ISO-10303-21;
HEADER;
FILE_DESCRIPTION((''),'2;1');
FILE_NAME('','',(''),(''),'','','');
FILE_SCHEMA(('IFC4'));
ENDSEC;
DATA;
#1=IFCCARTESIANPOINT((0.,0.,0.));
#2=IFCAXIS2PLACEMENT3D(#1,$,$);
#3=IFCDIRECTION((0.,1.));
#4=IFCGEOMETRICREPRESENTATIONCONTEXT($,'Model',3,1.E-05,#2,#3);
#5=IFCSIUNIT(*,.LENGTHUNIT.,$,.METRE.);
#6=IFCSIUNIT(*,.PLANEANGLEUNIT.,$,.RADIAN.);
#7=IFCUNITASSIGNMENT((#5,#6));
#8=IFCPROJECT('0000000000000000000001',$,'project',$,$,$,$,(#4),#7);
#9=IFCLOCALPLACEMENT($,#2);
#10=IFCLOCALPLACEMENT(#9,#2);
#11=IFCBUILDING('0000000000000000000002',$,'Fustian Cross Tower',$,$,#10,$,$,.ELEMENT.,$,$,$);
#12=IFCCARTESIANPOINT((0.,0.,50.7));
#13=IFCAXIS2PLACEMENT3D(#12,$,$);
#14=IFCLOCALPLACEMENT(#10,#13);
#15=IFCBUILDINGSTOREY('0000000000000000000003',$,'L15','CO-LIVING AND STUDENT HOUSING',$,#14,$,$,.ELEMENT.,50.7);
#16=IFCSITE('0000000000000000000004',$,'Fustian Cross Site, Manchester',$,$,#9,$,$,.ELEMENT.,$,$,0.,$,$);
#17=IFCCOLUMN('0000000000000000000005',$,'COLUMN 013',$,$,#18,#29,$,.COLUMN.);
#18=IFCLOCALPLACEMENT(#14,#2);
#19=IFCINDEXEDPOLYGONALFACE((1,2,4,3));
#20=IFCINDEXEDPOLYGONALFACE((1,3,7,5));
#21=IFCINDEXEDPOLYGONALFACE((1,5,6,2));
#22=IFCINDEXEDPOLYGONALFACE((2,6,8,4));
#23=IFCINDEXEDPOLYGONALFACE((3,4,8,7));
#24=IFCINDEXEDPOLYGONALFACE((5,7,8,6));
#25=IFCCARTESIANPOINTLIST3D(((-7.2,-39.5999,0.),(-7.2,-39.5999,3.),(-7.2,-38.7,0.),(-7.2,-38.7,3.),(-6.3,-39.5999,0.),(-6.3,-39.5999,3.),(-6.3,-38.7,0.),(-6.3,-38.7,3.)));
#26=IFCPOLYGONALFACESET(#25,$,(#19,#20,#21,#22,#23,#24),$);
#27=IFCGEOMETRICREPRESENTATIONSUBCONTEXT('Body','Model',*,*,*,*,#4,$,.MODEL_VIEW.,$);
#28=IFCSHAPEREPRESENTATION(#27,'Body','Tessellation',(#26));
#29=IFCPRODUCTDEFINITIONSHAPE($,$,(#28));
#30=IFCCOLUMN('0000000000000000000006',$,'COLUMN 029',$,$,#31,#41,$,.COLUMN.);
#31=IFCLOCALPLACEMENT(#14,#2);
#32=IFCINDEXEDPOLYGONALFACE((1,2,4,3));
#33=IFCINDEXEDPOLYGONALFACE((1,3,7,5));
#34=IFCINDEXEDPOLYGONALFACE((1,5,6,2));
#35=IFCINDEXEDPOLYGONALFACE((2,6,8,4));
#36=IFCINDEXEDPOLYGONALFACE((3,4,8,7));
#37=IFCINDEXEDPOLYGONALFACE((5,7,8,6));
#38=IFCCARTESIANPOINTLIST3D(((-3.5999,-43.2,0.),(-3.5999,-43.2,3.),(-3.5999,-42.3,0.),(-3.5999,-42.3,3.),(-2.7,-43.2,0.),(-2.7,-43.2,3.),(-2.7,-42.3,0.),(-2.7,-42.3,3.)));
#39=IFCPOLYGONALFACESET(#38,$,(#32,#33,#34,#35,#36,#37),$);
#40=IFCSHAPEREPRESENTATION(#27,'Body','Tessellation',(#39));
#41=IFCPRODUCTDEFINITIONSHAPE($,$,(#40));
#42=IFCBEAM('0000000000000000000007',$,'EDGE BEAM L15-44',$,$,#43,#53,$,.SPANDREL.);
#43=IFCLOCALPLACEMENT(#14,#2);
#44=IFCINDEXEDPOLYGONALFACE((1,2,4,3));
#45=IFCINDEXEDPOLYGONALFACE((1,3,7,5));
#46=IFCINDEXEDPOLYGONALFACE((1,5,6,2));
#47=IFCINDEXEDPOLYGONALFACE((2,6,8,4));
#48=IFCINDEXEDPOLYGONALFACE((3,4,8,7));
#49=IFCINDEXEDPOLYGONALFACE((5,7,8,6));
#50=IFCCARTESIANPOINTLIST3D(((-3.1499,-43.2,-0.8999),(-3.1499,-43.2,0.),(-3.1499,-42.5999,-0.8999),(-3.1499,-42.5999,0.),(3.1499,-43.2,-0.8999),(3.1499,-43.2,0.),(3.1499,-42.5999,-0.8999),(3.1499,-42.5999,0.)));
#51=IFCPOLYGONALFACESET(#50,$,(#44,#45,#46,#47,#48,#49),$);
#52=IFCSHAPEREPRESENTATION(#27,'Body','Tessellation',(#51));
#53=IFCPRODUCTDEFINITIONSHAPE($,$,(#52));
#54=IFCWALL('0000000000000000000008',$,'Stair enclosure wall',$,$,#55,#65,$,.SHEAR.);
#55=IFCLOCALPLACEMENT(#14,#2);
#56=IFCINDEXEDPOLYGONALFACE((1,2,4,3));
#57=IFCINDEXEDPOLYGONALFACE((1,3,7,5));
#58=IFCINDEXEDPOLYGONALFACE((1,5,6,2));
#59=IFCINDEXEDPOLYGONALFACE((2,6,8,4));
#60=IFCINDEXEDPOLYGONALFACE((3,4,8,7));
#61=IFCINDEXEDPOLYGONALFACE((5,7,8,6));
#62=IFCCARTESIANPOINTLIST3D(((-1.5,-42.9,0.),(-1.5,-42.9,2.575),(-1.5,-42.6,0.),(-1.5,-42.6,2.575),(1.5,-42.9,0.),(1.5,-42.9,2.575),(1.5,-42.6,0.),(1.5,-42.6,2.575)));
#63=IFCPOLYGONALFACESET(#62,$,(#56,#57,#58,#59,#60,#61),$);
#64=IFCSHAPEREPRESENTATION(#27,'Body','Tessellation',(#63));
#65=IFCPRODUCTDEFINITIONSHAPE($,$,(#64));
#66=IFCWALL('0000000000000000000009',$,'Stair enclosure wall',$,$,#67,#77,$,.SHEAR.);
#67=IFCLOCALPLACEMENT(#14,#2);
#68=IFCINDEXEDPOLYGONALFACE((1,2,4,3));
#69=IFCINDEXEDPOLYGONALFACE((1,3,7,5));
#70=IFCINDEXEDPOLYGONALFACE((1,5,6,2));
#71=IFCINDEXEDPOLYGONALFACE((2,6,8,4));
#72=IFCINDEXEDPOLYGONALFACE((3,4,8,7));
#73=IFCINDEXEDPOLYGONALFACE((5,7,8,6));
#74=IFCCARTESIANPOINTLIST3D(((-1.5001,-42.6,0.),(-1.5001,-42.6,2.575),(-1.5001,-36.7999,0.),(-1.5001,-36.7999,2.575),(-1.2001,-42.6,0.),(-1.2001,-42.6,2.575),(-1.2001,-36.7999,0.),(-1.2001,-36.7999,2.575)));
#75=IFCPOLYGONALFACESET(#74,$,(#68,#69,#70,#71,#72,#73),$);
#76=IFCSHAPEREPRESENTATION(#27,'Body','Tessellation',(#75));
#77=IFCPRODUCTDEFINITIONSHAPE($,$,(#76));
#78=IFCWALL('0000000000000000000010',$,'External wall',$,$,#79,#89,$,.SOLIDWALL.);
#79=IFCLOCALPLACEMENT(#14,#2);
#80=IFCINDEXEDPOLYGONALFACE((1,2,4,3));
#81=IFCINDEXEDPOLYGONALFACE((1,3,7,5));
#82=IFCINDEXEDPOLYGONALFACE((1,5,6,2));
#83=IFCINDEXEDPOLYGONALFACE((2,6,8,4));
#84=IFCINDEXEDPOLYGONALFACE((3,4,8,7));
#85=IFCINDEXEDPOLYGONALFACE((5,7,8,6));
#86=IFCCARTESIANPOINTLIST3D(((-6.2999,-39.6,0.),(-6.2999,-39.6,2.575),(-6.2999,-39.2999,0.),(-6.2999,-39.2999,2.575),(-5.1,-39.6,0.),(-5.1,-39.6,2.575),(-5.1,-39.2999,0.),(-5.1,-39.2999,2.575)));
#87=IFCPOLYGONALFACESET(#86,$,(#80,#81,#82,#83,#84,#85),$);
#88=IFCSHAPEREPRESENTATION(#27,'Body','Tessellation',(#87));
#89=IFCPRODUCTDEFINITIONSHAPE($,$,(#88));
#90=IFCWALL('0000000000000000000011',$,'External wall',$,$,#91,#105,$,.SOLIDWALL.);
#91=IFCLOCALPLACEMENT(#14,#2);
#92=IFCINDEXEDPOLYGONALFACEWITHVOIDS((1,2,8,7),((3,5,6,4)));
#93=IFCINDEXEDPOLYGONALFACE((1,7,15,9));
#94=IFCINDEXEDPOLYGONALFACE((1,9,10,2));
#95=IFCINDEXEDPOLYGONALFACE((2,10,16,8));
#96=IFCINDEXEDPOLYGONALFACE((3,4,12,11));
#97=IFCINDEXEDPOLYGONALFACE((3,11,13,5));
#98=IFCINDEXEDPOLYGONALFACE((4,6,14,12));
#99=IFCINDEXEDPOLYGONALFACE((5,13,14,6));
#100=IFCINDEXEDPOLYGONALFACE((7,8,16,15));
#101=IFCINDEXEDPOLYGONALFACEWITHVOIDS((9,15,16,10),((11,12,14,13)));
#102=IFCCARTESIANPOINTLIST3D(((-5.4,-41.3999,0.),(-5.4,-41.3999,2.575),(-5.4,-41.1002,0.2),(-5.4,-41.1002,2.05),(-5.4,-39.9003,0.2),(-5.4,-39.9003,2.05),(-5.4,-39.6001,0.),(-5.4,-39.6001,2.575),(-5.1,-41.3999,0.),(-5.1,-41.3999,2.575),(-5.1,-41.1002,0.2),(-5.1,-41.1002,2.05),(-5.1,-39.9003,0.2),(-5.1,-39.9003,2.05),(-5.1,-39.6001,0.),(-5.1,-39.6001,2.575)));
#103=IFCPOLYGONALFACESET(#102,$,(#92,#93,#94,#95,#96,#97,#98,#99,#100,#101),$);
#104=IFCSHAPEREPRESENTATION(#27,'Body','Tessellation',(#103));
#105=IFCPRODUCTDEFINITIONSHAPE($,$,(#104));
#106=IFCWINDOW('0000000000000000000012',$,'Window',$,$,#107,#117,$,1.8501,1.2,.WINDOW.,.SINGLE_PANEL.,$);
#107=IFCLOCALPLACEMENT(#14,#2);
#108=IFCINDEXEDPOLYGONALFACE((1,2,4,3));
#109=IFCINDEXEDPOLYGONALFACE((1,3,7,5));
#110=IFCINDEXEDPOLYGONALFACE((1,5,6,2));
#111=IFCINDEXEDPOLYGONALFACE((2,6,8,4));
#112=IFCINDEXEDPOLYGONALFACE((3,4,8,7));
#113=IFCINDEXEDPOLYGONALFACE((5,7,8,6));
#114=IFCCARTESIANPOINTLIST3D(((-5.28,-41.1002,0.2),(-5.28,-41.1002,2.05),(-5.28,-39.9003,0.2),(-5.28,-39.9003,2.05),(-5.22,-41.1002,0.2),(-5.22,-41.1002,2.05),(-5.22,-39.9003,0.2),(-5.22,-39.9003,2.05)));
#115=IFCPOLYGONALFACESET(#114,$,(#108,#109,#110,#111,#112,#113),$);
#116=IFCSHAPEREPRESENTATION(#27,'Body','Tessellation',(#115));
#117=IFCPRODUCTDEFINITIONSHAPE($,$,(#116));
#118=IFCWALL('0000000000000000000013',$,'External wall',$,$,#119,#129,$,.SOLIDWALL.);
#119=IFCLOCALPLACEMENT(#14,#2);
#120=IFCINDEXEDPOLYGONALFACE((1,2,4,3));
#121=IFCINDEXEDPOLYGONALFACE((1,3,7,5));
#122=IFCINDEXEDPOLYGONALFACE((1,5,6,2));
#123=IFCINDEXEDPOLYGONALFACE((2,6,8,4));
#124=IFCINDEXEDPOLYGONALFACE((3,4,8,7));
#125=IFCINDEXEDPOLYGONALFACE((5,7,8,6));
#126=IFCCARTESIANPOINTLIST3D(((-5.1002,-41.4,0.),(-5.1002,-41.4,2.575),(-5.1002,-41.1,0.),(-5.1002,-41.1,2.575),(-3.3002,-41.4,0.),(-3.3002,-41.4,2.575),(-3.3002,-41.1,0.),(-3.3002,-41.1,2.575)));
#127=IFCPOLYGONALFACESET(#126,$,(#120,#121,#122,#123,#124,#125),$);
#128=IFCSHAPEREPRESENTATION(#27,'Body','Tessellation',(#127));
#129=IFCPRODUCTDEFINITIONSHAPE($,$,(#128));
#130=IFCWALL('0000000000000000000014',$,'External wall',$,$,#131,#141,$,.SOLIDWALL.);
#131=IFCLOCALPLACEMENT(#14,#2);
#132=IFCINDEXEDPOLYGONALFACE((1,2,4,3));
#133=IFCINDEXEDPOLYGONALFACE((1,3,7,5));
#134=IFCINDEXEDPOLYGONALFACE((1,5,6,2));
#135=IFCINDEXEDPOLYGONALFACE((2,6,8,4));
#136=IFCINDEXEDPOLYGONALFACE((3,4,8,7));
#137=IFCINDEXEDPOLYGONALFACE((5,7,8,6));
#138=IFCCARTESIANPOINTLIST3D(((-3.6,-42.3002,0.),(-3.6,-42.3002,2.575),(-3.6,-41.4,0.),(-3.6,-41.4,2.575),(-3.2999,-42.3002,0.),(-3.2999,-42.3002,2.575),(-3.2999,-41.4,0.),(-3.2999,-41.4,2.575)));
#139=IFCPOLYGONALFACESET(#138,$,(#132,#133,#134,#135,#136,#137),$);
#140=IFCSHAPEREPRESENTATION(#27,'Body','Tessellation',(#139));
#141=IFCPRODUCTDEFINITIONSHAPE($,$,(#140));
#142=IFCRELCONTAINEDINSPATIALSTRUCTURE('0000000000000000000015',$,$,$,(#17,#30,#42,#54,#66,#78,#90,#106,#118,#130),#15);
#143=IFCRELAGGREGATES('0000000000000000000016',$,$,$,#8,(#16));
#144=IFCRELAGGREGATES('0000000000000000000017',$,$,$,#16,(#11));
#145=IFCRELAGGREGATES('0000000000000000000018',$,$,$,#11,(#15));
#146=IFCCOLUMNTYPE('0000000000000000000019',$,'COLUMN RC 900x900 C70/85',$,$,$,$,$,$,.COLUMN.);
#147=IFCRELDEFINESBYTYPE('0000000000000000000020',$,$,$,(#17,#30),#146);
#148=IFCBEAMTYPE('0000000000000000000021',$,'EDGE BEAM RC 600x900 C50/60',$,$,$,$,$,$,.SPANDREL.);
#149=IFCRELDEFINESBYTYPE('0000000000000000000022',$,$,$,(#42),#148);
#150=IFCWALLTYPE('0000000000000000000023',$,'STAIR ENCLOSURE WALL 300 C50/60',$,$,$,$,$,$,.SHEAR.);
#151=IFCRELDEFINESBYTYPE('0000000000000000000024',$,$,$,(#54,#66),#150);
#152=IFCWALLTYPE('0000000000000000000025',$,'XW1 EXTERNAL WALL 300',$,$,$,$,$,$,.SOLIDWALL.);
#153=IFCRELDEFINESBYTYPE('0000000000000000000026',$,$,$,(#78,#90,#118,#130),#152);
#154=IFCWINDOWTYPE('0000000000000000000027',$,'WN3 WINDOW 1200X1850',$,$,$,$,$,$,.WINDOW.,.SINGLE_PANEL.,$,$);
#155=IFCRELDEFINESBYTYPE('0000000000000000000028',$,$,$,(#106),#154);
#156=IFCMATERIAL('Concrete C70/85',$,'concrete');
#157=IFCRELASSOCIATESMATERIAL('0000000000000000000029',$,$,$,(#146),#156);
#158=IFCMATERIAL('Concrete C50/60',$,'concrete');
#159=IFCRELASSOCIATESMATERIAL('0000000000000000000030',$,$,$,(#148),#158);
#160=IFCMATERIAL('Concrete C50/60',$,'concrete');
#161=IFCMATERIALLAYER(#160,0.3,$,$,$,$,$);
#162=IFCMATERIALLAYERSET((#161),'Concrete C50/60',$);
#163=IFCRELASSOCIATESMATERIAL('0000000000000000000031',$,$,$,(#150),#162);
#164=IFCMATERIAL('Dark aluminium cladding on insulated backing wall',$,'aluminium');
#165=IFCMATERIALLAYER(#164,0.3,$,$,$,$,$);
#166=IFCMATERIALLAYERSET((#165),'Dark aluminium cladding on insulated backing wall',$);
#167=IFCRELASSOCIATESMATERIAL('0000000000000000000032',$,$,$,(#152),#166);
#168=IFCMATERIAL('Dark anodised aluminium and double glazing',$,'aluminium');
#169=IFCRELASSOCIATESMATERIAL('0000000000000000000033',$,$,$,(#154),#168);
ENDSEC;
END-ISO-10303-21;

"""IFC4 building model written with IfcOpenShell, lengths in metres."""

from ifc_helpers import new_model, si_unit, direction, frame, frame_2d, origin, origin_2d, place, context, subcontext, project, spatial, rectangle, extrude, material, layer, layer_set, material_profile, profile_set, type_object, element, fill, save


model = new_model("IFC4")

# Units and contexts
model_context = context("Model", 3, precision=1e-05, world=origin(), true_north=direction((0.0, 1.0)))
body_context = subcontext(model_context, "Body", "Model", "MODEL_VIEW")
ifc_project = project(units=[si_unit("LENGTHUNIT", "METRE"), si_unit("PLANEANGLEUNIT", "RADIAN")], contexts=[model_context])

# Site, building, storey
site_placement = place(None, origin())
site = spatial("IfcSite", under=ifc_project, at=site_placement, Name="Fustian Cross Site, Manchester", CompositionType="ELEMENT", RefElevation=0.0)
building_placement = place(site_placement, origin())
building = spatial("IfcBuilding", under=site, at=building_placement, Name="Fustian Cross Tower", CompositionType="ELEMENT")
storey_placement = place(building_placement, frame((0.0, 0.0, 50.7)))
storey = spatial("IfcBuildingStorey", under=building, at=storey_placement, Name="L15", Description="CO-LIVING AND STUDENT HOUSING", CompositionType="ELEMENT", Elevation=50.7)

# Columns
ifc_material_1 = material(Name="Concrete C70/85", Category="concrete")
ifc_material_profile_1 = material_profile(ifc_material_1, rectangle(XDim=0.8999, YDim=0.8999, at=origin_2d()), Name="RC 900x900")
ifc_profile_set_1 = profile_set([ifc_material_profile_1], Name="Concrete C70/85")
column_type = type_object("IfcColumnType", Name="COLUMN RC 900x900 C70/85", PredefinedType="COLUMN", material=ifc_profile_set_1)
for number, where, z_axis, x_axis, name in (
    (1, (-6.75, -39.1499, 0.0), (0.0, 0.0, 1.0), (1.0, 0.0, 0.0), "COLUMN 013"),
    (2, (-3.1499, -42.75, 0.0), (0.0, 0.0, 1.0), (1.0, 0.0, 0.0), "COLUMN 029"),
):
    element("IfcColumn", number, at=place(storey_placement, frame(where, z_axis=z_axis, x_axis=x_axis)), inside=storey, type_object=column_type, Name=name, PredefinedType="COLUMN", context=body_context, shape_type="SweptSolid", body=[
        extrude(rectangle(XDim=0.8999, YDim=0.8999, at=origin_2d()), origin(), (0.0, 0.0, 1.0), 3.0),
    ])

# Beam
ifc_material_2 = material(Name="Concrete C50/60", Category="concrete")
ifc_material_profile_2 = material_profile(ifc_material_2, rectangle(XDim=0.6001, YDim=0.8999, at=origin_2d()), Name="RC 600x900")
ifc_profile_set_2 = profile_set([ifc_material_profile_2], Name="Concrete C50/60")
beam_type = type_object("IfcBeamType", Name="EDGE BEAM RC 600x900 C50/60", PredefinedType="SPANDREL", material=ifc_profile_set_2)
beam_placement = place(storey_placement, frame((-3.1499, -42.8999, -0.45), z_axis=(1.0, 0.0, 0.0), x_axis=(0.0, 1.0, 0.0)))
element("IfcBeam", 3, at=beam_placement, inside=storey, type_object=beam_type, Name="EDGE BEAM L15-44", PredefinedType="SPANDREL", context=body_context, shape_type="SweptSolid", body=[
    extrude(rectangle(XDim=0.6001, YDim=0.8999, at=origin_2d()), origin(), (0.0, 0.0, 1.0), 6.2998),
])

# Walls
ifc_material_3 = material(Name="Concrete C50/60", Category="concrete")
ifc_layer_1 = layer(ifc_material_3, 0.3)
ifc_layer_set_1 = layer_set([ifc_layer_1], Name="Concrete C50/60")
wall_type_1 = type_object("IfcWallType", Name="STAIR ENCLOSURE WALL 300 C50/60", PredefinedType="SHEAR", material=ifc_layer_set_1)
wall_1_placement = place(storey_placement, frame((-1.5, -42.75, 0.0), z_axis=(0.0, 0.0, 1.0), x_axis=(1.0, 0.0, 0.0)))
element("IfcWall", 4, at=wall_1_placement, inside=storey, type_object=wall_type_1, Name="Stair enclosure wall", PredefinedType="SHEAR", context=body_context, shape_type="SweptSolid", body=[
    extrude(rectangle(XDim=3.0, YDim=0.3, at=frame_2d((1.5, 0.0))), origin(), (0.0, 0.0, 1.0), 2.575),
])
wall_2_placement = place(storey_placement, frame((-1.3501, -36.8, 0.0), z_axis=(0.0, 0.0, 1.0), x_axis=(0.0, -1.0, 0.0)))
element("IfcWall", 5, at=wall_2_placement, inside=storey, type_object=wall_type_1, Name="Stair enclosure wall", PredefinedType="SHEAR", context=body_context, shape_type="SweptSolid", body=[
    extrude(rectangle(XDim=5.8, YDim=0.3, at=frame_2d((2.8999, 0.0))), origin(), (0.0, 0.0, 1.0), 2.575),
])
ifc_material_4 = material(Name="Dark aluminium cladding on insulated backing wall", Category="aluminium")
ifc_layer_2 = layer(ifc_material_4, 0.3)
ifc_layer_set_2 = layer_set([ifc_layer_2], Name="Dark aluminium cladding on insulated backing wall")
wall_type_2 = type_object("IfcWallType", Name="XW1 EXTERNAL WALL 300", PredefinedType="SOLIDWALL", material=ifc_layer_set_2)
wall_3_placement = place(storey_placement, frame((-6.3, -39.45, 0.0), z_axis=(0.0, 0.0, 1.0), x_axis=(1.0, 0.0, 0.0)))
element("IfcWall", 6, at=wall_3_placement, inside=storey, type_object=wall_type_2, Name="External wall", PredefinedType="SOLIDWALL", context=body_context, shape_type="SweptSolid", body=[
    extrude(rectangle(XDim=1.2, YDim=0.3, at=frame_2d((0.6001, 0.0))), origin(), (0.0, 0.0, 1.0), 2.575),
])

# Wall, opening, window
wall_4_placement = place(storey_placement, frame((-5.25, -39.6001, 0.0), z_axis=(0.0, 0.0, 1.0), x_axis=(0.0, -1.0, 0.0)))
wall_4 = element("IfcWall", 7, at=wall_4_placement, inside=storey, type_object=wall_type_2, Name="External wall", PredefinedType="SOLIDWALL", context=body_context, shape_type="SweptSolid", body=[
    extrude(rectangle(XDim=1.7998, YDim=0.3, at=frame_2d((0.8999, 0.0))), origin(), (0.0, 0.0, 1.0), 2.575),
])
opening_1_placement = place(wall_4_placement, frame((0.3, 0.0, 0.2)))
opening_1 = element("IfcOpeningElement", 8, at=opening_1_placement, cuts=wall_4, PredefinedType="OPENING", context=body_context, shape_type="SweptSolid", body=[
    extrude(rectangle(XDim=1.2, YDim=1.8501, at=frame_2d((0.6001, 0.925))), frame((0.0, 0.1599, 0.0), z_axis=(0.0, -1.0, 0.0), x_axis=(1.0, 0.0, 0.0)), (0.0, 0.0, 1.0), 0.3201),
])
ifc_material_5 = material(Name="Dark anodised aluminium and double glazing", Category="aluminium")
window_type_1 = type_object("IfcWindowType", Name="WN3 WINDOW 1200X1850", PartitioningType="SINGLE_PANEL", PredefinedType="WINDOW", material=ifc_material_5)
window_1_placement = place(opening_1_placement, origin())
window_1 = element("IfcWindow", 9, at=window_1_placement, inside=storey, type_object=window_type_1, Name="Window", OverallHeight=1.8501, OverallWidth=1.2, PartitioningType="SINGLE_PANEL", PredefinedType="WINDOW", context=body_context, shape_type="SweptSolid", body=[
    extrude(rectangle(XDim=1.2, YDim=1.8501, at=frame_2d((0.6001, 0.925))), frame((0.0, 0.03, 0.0), z_axis=(0.0, -1.0, 0.0), x_axis=(1.0, 0.0, 0.0)), (0.0, 0.0, 1.0), 0.0601),
])
fill(opening_1, window_1)

# Walls
wall_5_placement = place(storey_placement, frame((-5.1001, -41.25, 0.0), z_axis=(0.0, 0.0, 1.0), x_axis=(1.0, 0.0, 0.0)))
element("IfcWall", 10, at=wall_5_placement, inside=storey, type_object=wall_type_2, Name="External wall", PredefinedType="SOLIDWALL", context=body_context, shape_type="SweptSolid", body=[
    extrude(rectangle(XDim=1.8, YDim=0.3, at=frame_2d((0.8999, 0.0))), origin(), (0.0, 0.0, 1.0), 2.575),
])
wall_6_placement = place(storey_placement, frame((-3.45, -41.3999, 0.0), z_axis=(0.0, 0.0, 1.0), x_axis=(0.0, -1.0, 0.0)))
element("IfcWall", 11, at=wall_6_placement, inside=storey, type_object=wall_type_2, Name="External wall", PredefinedType="SOLIDWALL", context=body_context, shape_type="SweptSolid", body=[
    extrude(rectangle(XDim=0.9001, YDim=0.3, at=frame_2d((0.4502, 0.0))), origin(), (0.0, 0.0, 1.0), 2.575),
])

save(model, "model.ifc")
